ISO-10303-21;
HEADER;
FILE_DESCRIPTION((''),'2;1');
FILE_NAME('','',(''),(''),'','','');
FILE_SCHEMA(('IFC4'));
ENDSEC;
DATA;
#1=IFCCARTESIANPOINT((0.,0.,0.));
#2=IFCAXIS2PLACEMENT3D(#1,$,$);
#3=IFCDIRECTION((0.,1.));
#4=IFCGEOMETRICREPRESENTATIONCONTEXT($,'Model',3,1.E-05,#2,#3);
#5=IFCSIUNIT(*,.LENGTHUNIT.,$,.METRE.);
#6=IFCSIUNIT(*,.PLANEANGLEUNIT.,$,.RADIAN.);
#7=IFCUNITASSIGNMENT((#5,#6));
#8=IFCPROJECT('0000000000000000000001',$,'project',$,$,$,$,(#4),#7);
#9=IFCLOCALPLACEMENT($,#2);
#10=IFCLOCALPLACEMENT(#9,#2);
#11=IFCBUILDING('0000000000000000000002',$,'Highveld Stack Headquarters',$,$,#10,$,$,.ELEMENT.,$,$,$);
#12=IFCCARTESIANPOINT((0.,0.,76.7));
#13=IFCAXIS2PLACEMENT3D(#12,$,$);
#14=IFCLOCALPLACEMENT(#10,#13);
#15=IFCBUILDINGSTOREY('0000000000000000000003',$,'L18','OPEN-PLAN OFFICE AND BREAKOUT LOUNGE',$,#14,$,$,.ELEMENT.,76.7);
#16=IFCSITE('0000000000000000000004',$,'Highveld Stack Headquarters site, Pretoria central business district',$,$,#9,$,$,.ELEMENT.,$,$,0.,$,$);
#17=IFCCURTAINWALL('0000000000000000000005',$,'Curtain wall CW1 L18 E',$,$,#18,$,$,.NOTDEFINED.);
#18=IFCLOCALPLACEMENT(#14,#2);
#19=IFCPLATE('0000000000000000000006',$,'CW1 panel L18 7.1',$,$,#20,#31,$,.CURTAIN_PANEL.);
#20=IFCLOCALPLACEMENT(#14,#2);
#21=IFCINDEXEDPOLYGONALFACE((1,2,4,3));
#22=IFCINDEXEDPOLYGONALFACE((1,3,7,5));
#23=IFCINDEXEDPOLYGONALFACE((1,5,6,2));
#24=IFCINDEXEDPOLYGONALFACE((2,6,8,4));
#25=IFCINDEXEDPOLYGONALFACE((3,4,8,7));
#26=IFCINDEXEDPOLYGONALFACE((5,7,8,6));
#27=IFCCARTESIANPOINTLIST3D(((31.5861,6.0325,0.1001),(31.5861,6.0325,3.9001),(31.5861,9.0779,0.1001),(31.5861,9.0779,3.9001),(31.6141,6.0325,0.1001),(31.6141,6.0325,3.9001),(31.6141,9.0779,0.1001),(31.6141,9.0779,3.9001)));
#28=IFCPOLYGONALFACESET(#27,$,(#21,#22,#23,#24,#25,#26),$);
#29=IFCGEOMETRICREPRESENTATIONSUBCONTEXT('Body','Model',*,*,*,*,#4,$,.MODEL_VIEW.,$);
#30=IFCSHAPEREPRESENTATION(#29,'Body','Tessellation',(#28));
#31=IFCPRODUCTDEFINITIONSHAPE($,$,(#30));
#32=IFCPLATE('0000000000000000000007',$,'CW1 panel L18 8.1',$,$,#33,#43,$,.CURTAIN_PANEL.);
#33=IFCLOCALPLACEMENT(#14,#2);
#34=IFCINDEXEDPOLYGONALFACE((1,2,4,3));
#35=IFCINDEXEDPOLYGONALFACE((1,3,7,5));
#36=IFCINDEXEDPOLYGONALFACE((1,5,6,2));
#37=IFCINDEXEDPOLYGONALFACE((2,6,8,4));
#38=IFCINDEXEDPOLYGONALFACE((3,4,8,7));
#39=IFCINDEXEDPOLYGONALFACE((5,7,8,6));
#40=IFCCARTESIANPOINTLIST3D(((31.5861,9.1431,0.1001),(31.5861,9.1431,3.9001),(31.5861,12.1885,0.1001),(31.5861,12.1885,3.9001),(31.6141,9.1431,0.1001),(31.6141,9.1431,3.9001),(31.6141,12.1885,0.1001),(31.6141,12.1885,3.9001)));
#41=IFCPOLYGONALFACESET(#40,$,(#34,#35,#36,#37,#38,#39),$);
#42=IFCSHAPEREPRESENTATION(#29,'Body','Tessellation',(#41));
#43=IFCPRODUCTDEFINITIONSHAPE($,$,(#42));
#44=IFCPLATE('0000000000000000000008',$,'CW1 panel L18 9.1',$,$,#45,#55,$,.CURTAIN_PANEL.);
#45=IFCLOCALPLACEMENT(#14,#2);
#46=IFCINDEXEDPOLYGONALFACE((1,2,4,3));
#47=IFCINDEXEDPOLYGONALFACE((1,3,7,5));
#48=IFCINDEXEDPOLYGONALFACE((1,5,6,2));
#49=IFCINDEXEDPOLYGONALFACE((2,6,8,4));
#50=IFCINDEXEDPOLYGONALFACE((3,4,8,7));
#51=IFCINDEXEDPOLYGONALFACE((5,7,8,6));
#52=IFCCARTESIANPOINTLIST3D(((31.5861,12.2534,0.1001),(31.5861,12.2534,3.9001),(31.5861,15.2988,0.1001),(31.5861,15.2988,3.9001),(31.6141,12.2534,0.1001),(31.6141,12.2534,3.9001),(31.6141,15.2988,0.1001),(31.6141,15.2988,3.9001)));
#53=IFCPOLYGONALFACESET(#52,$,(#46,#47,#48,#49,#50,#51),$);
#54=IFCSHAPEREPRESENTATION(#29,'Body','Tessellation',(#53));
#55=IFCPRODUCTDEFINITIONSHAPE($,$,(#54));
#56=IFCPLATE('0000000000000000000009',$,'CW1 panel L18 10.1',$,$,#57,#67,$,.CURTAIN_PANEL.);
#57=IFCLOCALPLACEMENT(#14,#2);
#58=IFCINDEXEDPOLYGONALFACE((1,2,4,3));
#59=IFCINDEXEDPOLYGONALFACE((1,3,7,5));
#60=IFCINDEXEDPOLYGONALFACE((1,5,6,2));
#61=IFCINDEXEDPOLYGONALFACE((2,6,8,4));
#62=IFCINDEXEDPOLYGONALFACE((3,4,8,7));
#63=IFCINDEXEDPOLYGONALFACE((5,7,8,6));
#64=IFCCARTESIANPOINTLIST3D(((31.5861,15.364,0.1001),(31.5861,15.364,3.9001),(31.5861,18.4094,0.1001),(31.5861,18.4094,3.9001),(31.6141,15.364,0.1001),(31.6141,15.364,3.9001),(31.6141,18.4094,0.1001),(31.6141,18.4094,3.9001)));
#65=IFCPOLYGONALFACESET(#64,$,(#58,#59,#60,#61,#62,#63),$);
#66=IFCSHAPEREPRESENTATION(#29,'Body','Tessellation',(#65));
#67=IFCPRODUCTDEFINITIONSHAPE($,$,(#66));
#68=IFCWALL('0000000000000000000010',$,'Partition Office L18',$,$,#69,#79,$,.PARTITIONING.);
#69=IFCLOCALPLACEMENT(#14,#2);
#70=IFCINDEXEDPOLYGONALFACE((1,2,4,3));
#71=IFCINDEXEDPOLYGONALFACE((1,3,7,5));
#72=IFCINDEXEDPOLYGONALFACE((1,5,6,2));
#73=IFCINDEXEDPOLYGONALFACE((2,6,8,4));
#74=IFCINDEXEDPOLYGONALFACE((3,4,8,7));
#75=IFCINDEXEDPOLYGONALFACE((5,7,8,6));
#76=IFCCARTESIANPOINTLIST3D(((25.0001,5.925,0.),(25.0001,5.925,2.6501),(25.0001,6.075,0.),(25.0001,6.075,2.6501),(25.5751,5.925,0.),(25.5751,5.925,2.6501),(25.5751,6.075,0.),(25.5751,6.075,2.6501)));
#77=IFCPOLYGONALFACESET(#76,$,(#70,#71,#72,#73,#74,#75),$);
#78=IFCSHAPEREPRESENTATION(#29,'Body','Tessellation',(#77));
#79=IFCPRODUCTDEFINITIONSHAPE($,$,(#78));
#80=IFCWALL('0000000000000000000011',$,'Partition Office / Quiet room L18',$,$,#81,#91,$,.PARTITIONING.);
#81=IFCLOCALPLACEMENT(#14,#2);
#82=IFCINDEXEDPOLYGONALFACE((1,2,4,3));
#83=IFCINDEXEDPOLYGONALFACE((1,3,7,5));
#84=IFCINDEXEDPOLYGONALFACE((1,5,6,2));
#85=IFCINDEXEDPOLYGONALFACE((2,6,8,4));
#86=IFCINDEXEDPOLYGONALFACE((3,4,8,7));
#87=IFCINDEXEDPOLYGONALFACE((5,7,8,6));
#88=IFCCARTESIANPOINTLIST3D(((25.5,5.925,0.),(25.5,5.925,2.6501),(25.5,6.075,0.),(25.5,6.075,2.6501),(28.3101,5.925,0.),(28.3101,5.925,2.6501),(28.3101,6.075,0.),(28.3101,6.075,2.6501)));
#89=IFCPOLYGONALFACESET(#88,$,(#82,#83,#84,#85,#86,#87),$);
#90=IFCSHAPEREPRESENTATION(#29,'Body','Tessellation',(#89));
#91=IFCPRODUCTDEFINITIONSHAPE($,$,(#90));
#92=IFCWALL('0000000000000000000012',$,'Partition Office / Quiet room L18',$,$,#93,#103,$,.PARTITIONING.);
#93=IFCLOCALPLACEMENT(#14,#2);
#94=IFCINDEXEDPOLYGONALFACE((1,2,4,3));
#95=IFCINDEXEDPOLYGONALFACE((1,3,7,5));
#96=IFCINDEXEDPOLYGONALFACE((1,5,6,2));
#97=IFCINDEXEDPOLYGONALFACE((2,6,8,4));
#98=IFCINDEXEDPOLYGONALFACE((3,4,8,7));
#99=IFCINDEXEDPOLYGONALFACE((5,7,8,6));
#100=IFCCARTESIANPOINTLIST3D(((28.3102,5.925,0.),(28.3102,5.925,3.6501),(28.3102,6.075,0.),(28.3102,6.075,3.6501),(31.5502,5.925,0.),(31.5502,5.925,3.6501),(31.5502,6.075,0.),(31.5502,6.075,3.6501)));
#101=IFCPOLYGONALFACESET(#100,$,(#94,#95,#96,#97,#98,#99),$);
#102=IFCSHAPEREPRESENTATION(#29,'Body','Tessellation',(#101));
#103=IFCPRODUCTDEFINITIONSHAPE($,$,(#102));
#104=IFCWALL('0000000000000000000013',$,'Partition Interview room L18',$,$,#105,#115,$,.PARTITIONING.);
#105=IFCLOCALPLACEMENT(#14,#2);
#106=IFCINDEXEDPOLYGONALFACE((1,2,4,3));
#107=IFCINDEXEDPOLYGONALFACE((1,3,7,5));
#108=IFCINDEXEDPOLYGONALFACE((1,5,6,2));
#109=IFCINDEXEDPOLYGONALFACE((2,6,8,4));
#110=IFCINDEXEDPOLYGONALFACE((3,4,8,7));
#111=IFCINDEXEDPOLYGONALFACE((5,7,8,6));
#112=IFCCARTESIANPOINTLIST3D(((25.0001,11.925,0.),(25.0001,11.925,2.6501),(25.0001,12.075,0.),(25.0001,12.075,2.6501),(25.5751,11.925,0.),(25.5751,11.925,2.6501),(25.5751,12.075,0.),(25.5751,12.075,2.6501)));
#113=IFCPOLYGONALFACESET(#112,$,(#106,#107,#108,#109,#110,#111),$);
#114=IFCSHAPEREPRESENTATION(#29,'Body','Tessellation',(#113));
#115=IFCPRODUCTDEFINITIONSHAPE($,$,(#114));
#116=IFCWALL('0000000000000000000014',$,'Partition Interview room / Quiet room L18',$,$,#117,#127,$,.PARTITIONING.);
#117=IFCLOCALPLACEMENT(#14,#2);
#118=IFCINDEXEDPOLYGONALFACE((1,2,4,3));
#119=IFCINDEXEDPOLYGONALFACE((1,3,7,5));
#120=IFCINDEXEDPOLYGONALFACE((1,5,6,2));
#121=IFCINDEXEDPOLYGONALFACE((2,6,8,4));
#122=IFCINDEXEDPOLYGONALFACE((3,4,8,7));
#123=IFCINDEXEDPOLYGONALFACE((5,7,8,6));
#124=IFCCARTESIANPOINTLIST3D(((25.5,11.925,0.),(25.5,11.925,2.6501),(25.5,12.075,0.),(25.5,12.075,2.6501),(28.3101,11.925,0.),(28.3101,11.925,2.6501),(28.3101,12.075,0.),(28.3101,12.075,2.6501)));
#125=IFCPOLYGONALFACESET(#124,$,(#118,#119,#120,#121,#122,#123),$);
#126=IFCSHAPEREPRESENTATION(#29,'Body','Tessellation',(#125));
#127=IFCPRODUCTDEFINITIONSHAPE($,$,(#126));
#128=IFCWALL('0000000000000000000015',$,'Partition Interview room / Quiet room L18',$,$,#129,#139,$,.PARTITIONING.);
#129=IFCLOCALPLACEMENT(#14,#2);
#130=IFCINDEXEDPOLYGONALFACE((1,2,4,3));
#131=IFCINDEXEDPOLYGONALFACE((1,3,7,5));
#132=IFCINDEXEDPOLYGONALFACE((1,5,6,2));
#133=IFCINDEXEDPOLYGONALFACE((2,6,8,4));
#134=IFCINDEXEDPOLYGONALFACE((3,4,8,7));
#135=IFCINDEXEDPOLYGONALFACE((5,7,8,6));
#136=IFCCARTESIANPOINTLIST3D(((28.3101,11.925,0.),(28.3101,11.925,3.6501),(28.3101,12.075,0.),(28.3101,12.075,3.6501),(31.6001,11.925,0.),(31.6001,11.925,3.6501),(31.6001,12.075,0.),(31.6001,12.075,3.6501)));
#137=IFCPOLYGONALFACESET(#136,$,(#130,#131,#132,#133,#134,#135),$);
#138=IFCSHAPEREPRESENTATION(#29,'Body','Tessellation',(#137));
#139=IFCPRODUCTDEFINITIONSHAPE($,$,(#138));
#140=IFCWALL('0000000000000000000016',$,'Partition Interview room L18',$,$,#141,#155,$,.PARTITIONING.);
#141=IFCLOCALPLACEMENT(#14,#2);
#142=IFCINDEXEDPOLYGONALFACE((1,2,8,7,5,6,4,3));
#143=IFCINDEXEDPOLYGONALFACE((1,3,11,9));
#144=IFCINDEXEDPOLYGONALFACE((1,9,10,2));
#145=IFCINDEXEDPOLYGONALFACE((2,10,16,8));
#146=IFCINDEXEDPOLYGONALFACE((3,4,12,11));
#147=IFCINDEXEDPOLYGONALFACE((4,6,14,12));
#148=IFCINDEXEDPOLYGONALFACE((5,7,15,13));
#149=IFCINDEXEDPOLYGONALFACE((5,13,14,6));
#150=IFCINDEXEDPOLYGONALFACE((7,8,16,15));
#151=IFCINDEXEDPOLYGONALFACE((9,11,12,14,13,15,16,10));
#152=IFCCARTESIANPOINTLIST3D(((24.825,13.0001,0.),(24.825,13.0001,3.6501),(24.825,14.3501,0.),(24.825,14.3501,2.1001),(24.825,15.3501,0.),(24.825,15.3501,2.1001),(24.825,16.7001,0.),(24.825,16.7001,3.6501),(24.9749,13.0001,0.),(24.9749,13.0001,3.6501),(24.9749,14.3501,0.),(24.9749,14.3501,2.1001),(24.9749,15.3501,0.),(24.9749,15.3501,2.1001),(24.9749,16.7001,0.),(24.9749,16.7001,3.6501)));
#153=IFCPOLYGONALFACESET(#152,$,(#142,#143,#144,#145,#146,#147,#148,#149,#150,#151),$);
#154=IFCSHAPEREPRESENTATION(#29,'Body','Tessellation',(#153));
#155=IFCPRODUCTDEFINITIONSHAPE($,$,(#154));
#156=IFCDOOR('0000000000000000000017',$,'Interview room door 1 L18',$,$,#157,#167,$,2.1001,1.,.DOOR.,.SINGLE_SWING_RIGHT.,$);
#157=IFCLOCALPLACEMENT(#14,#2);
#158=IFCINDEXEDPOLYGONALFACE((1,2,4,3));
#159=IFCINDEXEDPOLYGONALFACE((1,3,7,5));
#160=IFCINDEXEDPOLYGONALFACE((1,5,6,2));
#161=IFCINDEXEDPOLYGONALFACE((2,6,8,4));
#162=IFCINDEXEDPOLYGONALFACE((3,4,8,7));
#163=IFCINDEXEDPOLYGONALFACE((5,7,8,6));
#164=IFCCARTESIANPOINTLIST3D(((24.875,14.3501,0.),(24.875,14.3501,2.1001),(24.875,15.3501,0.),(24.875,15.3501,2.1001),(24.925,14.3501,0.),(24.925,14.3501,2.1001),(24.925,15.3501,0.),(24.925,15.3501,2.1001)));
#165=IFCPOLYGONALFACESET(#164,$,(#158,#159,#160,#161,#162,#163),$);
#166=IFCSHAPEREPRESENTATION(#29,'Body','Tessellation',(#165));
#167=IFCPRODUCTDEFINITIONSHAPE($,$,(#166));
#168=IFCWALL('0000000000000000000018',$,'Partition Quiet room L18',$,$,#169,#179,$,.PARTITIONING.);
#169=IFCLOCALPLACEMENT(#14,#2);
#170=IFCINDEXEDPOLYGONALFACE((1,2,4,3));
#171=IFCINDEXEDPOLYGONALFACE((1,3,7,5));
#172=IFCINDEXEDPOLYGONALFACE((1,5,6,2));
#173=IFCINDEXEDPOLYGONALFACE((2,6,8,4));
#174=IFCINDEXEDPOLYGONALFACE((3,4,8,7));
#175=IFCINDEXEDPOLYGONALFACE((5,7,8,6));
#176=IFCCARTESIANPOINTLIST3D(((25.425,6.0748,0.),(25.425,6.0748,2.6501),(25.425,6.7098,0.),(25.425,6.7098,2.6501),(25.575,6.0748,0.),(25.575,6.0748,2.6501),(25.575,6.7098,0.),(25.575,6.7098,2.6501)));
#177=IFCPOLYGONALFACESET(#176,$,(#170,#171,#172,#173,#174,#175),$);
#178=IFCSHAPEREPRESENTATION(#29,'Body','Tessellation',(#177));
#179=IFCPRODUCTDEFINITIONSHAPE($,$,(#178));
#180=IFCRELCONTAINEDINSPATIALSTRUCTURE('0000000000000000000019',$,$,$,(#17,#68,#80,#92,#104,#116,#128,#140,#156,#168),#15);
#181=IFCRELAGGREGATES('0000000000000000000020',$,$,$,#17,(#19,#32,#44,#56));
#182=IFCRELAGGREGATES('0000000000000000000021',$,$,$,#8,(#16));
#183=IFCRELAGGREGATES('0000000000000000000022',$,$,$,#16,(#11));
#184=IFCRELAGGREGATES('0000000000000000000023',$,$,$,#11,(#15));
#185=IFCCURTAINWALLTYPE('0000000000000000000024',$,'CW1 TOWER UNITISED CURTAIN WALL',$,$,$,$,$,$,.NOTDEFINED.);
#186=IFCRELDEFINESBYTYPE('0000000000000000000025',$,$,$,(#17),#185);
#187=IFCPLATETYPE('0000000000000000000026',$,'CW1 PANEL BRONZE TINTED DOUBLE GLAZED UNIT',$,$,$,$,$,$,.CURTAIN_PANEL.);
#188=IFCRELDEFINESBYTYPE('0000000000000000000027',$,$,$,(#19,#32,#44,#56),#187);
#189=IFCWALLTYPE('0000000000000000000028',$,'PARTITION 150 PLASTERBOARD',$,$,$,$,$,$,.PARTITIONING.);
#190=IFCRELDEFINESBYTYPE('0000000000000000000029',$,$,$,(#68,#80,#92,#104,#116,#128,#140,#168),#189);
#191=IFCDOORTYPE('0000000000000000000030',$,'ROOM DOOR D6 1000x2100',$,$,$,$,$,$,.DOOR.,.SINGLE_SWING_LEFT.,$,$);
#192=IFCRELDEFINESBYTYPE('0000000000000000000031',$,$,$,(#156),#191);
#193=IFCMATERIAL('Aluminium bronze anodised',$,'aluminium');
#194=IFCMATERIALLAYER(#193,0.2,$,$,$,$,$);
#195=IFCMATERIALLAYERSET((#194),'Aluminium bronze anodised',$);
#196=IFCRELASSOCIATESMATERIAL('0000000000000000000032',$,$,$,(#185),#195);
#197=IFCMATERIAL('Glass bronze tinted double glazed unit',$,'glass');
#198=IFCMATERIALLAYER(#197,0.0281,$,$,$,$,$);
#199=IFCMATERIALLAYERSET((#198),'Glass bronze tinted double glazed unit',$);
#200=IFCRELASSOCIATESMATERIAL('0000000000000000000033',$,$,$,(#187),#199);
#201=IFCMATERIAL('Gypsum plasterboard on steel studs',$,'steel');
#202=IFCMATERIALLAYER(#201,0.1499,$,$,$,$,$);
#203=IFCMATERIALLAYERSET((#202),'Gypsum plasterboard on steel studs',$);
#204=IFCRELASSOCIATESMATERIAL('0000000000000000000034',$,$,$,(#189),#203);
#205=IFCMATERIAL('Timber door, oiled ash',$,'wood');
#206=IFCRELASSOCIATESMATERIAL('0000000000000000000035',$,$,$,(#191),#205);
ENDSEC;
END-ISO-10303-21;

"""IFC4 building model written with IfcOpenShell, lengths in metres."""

from ifc_helpers import new_model, si_unit, direction, frame, frame_2d, origin, origin_2d, place, context, subcontext, project, spatial, rectangle, extrude, material, layer, layer_set, type_object, element, fill, aggregate, save


model = new_model("IFC4")

# Units and contexts
model_context = context("Model", 3, precision=1e-05, world=origin(), true_north=direction((0.0, 1.0)))
body_context = subcontext(model_context, "Body", "Model", "MODEL_VIEW")
ifc_project = project(units=[si_unit("LENGTHUNIT", "METRE"), si_unit("PLANEANGLEUNIT", "RADIAN")], contexts=[model_context])

# Site, building, storey
site_placement = place(None, origin())
site = spatial("IfcSite", under=ifc_project, at=site_placement, Name="Highveld Stack Headquarters site, Pretoria central business district", CompositionType="ELEMENT", RefElevation=0.0)
building_placement = place(site_placement, origin())
building = spatial("IfcBuilding", under=site, at=building_placement, Name="Highveld Stack Headquarters", CompositionType="ELEMENT")
storey_placement = place(building_placement, frame((0.0, 0.0, 76.7)))
storey = spatial("IfcBuildingStorey", under=building, at=storey_placement, Name="L18", Description="OPEN-PLAN OFFICE AND BREAKOUT LOUNGE", CompositionType="ELEMENT", Elevation=76.7)

# Curtain wall
ifc_material_1 = material(Name="Aluminium bronze anodised", Category="aluminium")
ifc_layer_1 = layer(ifc_material_1, 0.2)
ifc_layer_set_1 = layer_set([ifc_layer_1], Name="Aluminium bronze anodised")
curtain_wall_type = type_object("IfcCurtainWallType", Name="CW1 TOWER UNITISED CURTAIN WALL", PredefinedType="NOTDEFINED", material=ifc_layer_set_1)
curtain_wall_placement = place(storey_placement, origin())
curtain_wall = element("IfcCurtainWall", 1, at=curtain_wall_placement, inside=storey, type_object=curtain_wall_type, Name="Curtain wall CW1 L18 E", PredefinedType="NOTDEFINED")

# Plates
ifc_material_2 = material(Name="Glass bronze tinted double glazed unit", Category="glass")
ifc_layer_2 = layer(ifc_material_2, 0.0281)
ifc_layer_set_2 = layer_set([ifc_layer_2], Name="Glass bronze tinted double glazed unit")
plate_type = type_object("IfcPlateType", Name="CW1 PANEL BRONZE TINTED DOUBLE GLAZED UNIT", PredefinedType="CURTAIN_PANEL", material=ifc_layer_set_2)
plate_1_placement = place(storey_placement, frame((31.6001, 7.5552, 0.1001), z_axis=(0.0, 0.0, 1.0), x_axis=(0.0, 1.0, 0.0)))
plate_1 = element("IfcPlate", 2, at=plate_1_placement, type_object=plate_type, Name="CW1 panel L18 7.1", PredefinedType="CURTAIN_PANEL", context=body_context, shape_type="SweptSolid", body=[
    extrude(rectangle(XDim=3.0454, YDim=0.0281, at=origin_2d()), origin(), (0.0, 0.0, 1.0), 3.8),
])
plate_2_placement = place(storey_placement, frame((31.6001, 10.6658, 0.1001), z_axis=(0.0, 0.0, 1.0), x_axis=(0.0, 1.0, 0.0)))
plate_2 = element("IfcPlate", 3, at=plate_2_placement, type_object=plate_type, Name="CW1 panel L18 8.1", PredefinedType="CURTAIN_PANEL", context=body_context, shape_type="SweptSolid", body=[
    extrude(rectangle(XDim=3.0454, YDim=0.0281, at=origin_2d()), origin(), (0.0, 0.0, 1.0), 3.8),
])
plate_3_placement = place(storey_placement, frame((31.6001, 13.7761, 0.1001), z_axis=(0.0, 0.0, 1.0), x_axis=(0.0, 1.0, 0.0)))
plate_3 = element("IfcPlate", 4, at=plate_3_placement, type_object=plate_type, Name="CW1 panel L18 9.1", PredefinedType="CURTAIN_PANEL", context=body_context, shape_type="SweptSolid", body=[
    extrude(rectangle(XDim=3.0454, YDim=0.0281, at=origin_2d()), origin(), (0.0, 0.0, 1.0), 3.8),
])
plate_4_placement = place(storey_placement, frame((31.6001, 16.8867, 0.1001), z_axis=(0.0, 0.0, 1.0), x_axis=(0.0, 1.0, 0.0)))
plate_4 = element("IfcPlate", 5, at=plate_4_placement, type_object=plate_type, Name="CW1 panel L18 10.1", PredefinedType="CURTAIN_PANEL", context=body_context, shape_type="SweptSolid", body=[
    extrude(rectangle(XDim=3.0454, YDim=0.0281, at=origin_2d()), origin(), (0.0, 0.0, 1.0), 3.8),
])
aggregate(curtain_wall, [plate_1, plate_2, plate_3, plate_4])

# Walls
ifc_material_3 = material(Name="Gypsum plasterboard on steel studs", Category="steel")
ifc_layer_3 = layer(ifc_material_3, 0.1499)
ifc_layer_set_3 = layer_set([ifc_layer_3], Name="Gypsum plasterboard on steel studs")
wall_type = type_object("IfcWallType", Name="PARTITION 150 PLASTERBOARD", PredefinedType="PARTITIONING", material=ifc_layer_set_3)
wall_1_placement = place(storey_placement, frame((25.0, 6.0, 0.0), z_axis=(0.0, 0.0, 1.0), x_axis=(1.0, 0.0, 0.0)))
element("IfcWall", 6, at=wall_1_placement, inside=storey, type_object=wall_type, Name="Partition Office L18", PredefinedType="PARTITIONING", context=body_context, shape_type="SweptSolid", body=[
    extrude(rectangle(XDim=0.575, YDim=0.1499, at=frame_2d((0.2876, 0.0))), origin(), (0.0, 0.0, 1.0), 2.6501),
])
wall_2_placement = place(storey_placement, frame((25.5, 6.0, 0.0), z_axis=(0.0, 0.0, 1.0), x_axis=(1.0, 0.0, 0.0)))
element("IfcWall", 7, at=wall_2_placement, inside=storey, type_object=wall_type, Name="Partition Office / Quiet room L18", PredefinedType="PARTITIONING", context=body_context, shape_type="SweptSolid", body=[
    extrude(rectangle(XDim=2.8101, YDim=0.1499, at=frame_2d((1.405, 0.0))), origin(), (0.0, 0.0, 1.0), 2.6501),
])
wall_3_placement = place(storey_placement, frame((28.3101, 6.0, 0.0), z_axis=(0.0, 0.0, 1.0), x_axis=(1.0, 0.0, 0.0)))
element("IfcWall", 8, at=wall_3_placement, inside=storey, type_object=wall_type, Name="Partition Office / Quiet room L18", PredefinedType="PARTITIONING", context=body_context, shape_type="SweptSolid", body=[
    extrude(rectangle(XDim=3.24, YDim=0.1499, at=frame_2d((1.6201, 0.0))), origin(), (0.0, 0.0, 1.0), 3.6501),
])
wall_4_placement = place(storey_placement, frame((25.0, 12.0, 0.0), z_axis=(0.0, 0.0, 1.0), x_axis=(1.0, 0.0, 0.0)))
element("IfcWall", 9, at=wall_4_placement, inside=storey, type_object=wall_type, Name="Partition Interview room L18", PredefinedType="PARTITIONING", context=body_context, shape_type="SweptSolid", body=[
    extrude(rectangle(XDim=0.575, YDim=0.1499, at=frame_2d((0.2876, 0.0))), origin(), (0.0, 0.0, 1.0), 2.6501),
])
wall_5_placement = place(storey_placement, frame((25.5, 12.0, 0.0), z_axis=(0.0, 0.0, 1.0), x_axis=(1.0, 0.0, 0.0)))
element("IfcWall", 10, at=wall_5_placement, inside=storey, type_object=wall_type, Name="Partition Interview room / Quiet room L18", PredefinedType="PARTITIONING", context=body_context, shape_type="SweptSolid", body=[
    extrude(rectangle(XDim=2.8101, YDim=0.1499, at=frame_2d((1.405, 0.0))), origin(), (0.0, 0.0, 1.0), 2.6501),
])
wall_6_placement = place(storey_placement, frame((28.3101, 12.0, 0.0), z_axis=(0.0, 0.0, 1.0), x_axis=(1.0, 0.0, 0.0)))
element("IfcWall", 11, at=wall_6_placement, inside=storey, type_object=wall_type, Name="Partition Interview room / Quiet room L18", PredefinedType="PARTITIONING", context=body_context, shape_type="SweptSolid", body=[
    extrude(rectangle(XDim=3.29, YDim=0.1499, at=frame_2d((1.645, 0.0))), origin(), (0.0, 0.0, 1.0), 3.6501),
])

# Wall, opening, door
wall_7_placement = place(storey_placement, frame((24.8999, 13.0, 0.0), z_axis=(0.0, 0.0, 1.0), x_axis=(0.0, 1.0, 0.0)))
wall_7 = element("IfcWall", 12, at=wall_7_placement, inside=storey, type_object=wall_type, Name="Partition Interview room L18", PredefinedType="PARTITIONING", context=body_context, shape_type="SweptSolid", body=[
    extrude(rectangle(XDim=3.7, YDim=0.1499, at=frame_2d((1.8501, 0.0))), origin(), (0.0, 0.0, 1.0), 3.6501),
])
opening_1_placement = place(wall_7_placement, frame((1.3501, 0.0, 0.0)))
opening_1 = element("IfcOpeningElement", 13, at=opening_1_placement, cuts=wall_7, PredefinedType="OPENING", context=body_context, shape_type="SweptSolid", body=[
    extrude(rectangle(XDim=1.0, YDim=2.1001, at=frame_2d((0.5, 1.05))), frame((0.0, 0.085, 0.0), z_axis=(0.0, -1.0, 0.0), x_axis=(1.0, 0.0, 0.0)), (0.0, 0.0, 1.0), 0.1699),
])
ifc_material_4 = material(Name="Timber door, oiled ash", Category="wood")
door_type = type_object("IfcDoorType", Name="ROOM DOOR D6 1000x2100", OperationType="SINGLE_SWING_LEFT", PredefinedType="DOOR", material=ifc_material_4)
door_1_placement = place(opening_1_placement, origin())
door_1 = element("IfcDoor", 14, at=door_1_placement, inside=storey, type_object=door_type, Name="Interview room door 1 L18", OperationType="SINGLE_SWING_RIGHT", OverallHeight=2.1001, OverallWidth=1.0, PredefinedType="DOOR", context=body_context, shape_type="SweptSolid", body=[
    extrude(rectangle(XDim=1.0, YDim=2.1001, at=frame_2d((0.5, 1.05))), frame((0.0, 0.0249, 0.0), z_axis=(0.0, -1.0, 0.0), x_axis=(1.0, 0.0, 0.0)), (0.0, 0.0, 1.0), 0.05),
])
fill(opening_1, door_1)

# Wall
wall_8_placement = place(storey_placement, frame((25.5, 6.075, 0.0), z_axis=(0.0, 0.0, 1.0), x_axis=(0.0, 1.0, 0.0)))
element("IfcWall", 15, at=wall_8_placement, inside=storey, type_object=wall_type, Name="Partition Quiet room L18", PredefinedType="PARTITIONING", context=body_context, shape_type="SweptSolid", body=[
    extrude(rectangle(XDim=0.635, YDim=0.1499, at=frame_2d((0.3174, 0.0))), origin(), (0.0, 0.0, 1.0), 2.6501),
])

save(model, "model.ifc")
